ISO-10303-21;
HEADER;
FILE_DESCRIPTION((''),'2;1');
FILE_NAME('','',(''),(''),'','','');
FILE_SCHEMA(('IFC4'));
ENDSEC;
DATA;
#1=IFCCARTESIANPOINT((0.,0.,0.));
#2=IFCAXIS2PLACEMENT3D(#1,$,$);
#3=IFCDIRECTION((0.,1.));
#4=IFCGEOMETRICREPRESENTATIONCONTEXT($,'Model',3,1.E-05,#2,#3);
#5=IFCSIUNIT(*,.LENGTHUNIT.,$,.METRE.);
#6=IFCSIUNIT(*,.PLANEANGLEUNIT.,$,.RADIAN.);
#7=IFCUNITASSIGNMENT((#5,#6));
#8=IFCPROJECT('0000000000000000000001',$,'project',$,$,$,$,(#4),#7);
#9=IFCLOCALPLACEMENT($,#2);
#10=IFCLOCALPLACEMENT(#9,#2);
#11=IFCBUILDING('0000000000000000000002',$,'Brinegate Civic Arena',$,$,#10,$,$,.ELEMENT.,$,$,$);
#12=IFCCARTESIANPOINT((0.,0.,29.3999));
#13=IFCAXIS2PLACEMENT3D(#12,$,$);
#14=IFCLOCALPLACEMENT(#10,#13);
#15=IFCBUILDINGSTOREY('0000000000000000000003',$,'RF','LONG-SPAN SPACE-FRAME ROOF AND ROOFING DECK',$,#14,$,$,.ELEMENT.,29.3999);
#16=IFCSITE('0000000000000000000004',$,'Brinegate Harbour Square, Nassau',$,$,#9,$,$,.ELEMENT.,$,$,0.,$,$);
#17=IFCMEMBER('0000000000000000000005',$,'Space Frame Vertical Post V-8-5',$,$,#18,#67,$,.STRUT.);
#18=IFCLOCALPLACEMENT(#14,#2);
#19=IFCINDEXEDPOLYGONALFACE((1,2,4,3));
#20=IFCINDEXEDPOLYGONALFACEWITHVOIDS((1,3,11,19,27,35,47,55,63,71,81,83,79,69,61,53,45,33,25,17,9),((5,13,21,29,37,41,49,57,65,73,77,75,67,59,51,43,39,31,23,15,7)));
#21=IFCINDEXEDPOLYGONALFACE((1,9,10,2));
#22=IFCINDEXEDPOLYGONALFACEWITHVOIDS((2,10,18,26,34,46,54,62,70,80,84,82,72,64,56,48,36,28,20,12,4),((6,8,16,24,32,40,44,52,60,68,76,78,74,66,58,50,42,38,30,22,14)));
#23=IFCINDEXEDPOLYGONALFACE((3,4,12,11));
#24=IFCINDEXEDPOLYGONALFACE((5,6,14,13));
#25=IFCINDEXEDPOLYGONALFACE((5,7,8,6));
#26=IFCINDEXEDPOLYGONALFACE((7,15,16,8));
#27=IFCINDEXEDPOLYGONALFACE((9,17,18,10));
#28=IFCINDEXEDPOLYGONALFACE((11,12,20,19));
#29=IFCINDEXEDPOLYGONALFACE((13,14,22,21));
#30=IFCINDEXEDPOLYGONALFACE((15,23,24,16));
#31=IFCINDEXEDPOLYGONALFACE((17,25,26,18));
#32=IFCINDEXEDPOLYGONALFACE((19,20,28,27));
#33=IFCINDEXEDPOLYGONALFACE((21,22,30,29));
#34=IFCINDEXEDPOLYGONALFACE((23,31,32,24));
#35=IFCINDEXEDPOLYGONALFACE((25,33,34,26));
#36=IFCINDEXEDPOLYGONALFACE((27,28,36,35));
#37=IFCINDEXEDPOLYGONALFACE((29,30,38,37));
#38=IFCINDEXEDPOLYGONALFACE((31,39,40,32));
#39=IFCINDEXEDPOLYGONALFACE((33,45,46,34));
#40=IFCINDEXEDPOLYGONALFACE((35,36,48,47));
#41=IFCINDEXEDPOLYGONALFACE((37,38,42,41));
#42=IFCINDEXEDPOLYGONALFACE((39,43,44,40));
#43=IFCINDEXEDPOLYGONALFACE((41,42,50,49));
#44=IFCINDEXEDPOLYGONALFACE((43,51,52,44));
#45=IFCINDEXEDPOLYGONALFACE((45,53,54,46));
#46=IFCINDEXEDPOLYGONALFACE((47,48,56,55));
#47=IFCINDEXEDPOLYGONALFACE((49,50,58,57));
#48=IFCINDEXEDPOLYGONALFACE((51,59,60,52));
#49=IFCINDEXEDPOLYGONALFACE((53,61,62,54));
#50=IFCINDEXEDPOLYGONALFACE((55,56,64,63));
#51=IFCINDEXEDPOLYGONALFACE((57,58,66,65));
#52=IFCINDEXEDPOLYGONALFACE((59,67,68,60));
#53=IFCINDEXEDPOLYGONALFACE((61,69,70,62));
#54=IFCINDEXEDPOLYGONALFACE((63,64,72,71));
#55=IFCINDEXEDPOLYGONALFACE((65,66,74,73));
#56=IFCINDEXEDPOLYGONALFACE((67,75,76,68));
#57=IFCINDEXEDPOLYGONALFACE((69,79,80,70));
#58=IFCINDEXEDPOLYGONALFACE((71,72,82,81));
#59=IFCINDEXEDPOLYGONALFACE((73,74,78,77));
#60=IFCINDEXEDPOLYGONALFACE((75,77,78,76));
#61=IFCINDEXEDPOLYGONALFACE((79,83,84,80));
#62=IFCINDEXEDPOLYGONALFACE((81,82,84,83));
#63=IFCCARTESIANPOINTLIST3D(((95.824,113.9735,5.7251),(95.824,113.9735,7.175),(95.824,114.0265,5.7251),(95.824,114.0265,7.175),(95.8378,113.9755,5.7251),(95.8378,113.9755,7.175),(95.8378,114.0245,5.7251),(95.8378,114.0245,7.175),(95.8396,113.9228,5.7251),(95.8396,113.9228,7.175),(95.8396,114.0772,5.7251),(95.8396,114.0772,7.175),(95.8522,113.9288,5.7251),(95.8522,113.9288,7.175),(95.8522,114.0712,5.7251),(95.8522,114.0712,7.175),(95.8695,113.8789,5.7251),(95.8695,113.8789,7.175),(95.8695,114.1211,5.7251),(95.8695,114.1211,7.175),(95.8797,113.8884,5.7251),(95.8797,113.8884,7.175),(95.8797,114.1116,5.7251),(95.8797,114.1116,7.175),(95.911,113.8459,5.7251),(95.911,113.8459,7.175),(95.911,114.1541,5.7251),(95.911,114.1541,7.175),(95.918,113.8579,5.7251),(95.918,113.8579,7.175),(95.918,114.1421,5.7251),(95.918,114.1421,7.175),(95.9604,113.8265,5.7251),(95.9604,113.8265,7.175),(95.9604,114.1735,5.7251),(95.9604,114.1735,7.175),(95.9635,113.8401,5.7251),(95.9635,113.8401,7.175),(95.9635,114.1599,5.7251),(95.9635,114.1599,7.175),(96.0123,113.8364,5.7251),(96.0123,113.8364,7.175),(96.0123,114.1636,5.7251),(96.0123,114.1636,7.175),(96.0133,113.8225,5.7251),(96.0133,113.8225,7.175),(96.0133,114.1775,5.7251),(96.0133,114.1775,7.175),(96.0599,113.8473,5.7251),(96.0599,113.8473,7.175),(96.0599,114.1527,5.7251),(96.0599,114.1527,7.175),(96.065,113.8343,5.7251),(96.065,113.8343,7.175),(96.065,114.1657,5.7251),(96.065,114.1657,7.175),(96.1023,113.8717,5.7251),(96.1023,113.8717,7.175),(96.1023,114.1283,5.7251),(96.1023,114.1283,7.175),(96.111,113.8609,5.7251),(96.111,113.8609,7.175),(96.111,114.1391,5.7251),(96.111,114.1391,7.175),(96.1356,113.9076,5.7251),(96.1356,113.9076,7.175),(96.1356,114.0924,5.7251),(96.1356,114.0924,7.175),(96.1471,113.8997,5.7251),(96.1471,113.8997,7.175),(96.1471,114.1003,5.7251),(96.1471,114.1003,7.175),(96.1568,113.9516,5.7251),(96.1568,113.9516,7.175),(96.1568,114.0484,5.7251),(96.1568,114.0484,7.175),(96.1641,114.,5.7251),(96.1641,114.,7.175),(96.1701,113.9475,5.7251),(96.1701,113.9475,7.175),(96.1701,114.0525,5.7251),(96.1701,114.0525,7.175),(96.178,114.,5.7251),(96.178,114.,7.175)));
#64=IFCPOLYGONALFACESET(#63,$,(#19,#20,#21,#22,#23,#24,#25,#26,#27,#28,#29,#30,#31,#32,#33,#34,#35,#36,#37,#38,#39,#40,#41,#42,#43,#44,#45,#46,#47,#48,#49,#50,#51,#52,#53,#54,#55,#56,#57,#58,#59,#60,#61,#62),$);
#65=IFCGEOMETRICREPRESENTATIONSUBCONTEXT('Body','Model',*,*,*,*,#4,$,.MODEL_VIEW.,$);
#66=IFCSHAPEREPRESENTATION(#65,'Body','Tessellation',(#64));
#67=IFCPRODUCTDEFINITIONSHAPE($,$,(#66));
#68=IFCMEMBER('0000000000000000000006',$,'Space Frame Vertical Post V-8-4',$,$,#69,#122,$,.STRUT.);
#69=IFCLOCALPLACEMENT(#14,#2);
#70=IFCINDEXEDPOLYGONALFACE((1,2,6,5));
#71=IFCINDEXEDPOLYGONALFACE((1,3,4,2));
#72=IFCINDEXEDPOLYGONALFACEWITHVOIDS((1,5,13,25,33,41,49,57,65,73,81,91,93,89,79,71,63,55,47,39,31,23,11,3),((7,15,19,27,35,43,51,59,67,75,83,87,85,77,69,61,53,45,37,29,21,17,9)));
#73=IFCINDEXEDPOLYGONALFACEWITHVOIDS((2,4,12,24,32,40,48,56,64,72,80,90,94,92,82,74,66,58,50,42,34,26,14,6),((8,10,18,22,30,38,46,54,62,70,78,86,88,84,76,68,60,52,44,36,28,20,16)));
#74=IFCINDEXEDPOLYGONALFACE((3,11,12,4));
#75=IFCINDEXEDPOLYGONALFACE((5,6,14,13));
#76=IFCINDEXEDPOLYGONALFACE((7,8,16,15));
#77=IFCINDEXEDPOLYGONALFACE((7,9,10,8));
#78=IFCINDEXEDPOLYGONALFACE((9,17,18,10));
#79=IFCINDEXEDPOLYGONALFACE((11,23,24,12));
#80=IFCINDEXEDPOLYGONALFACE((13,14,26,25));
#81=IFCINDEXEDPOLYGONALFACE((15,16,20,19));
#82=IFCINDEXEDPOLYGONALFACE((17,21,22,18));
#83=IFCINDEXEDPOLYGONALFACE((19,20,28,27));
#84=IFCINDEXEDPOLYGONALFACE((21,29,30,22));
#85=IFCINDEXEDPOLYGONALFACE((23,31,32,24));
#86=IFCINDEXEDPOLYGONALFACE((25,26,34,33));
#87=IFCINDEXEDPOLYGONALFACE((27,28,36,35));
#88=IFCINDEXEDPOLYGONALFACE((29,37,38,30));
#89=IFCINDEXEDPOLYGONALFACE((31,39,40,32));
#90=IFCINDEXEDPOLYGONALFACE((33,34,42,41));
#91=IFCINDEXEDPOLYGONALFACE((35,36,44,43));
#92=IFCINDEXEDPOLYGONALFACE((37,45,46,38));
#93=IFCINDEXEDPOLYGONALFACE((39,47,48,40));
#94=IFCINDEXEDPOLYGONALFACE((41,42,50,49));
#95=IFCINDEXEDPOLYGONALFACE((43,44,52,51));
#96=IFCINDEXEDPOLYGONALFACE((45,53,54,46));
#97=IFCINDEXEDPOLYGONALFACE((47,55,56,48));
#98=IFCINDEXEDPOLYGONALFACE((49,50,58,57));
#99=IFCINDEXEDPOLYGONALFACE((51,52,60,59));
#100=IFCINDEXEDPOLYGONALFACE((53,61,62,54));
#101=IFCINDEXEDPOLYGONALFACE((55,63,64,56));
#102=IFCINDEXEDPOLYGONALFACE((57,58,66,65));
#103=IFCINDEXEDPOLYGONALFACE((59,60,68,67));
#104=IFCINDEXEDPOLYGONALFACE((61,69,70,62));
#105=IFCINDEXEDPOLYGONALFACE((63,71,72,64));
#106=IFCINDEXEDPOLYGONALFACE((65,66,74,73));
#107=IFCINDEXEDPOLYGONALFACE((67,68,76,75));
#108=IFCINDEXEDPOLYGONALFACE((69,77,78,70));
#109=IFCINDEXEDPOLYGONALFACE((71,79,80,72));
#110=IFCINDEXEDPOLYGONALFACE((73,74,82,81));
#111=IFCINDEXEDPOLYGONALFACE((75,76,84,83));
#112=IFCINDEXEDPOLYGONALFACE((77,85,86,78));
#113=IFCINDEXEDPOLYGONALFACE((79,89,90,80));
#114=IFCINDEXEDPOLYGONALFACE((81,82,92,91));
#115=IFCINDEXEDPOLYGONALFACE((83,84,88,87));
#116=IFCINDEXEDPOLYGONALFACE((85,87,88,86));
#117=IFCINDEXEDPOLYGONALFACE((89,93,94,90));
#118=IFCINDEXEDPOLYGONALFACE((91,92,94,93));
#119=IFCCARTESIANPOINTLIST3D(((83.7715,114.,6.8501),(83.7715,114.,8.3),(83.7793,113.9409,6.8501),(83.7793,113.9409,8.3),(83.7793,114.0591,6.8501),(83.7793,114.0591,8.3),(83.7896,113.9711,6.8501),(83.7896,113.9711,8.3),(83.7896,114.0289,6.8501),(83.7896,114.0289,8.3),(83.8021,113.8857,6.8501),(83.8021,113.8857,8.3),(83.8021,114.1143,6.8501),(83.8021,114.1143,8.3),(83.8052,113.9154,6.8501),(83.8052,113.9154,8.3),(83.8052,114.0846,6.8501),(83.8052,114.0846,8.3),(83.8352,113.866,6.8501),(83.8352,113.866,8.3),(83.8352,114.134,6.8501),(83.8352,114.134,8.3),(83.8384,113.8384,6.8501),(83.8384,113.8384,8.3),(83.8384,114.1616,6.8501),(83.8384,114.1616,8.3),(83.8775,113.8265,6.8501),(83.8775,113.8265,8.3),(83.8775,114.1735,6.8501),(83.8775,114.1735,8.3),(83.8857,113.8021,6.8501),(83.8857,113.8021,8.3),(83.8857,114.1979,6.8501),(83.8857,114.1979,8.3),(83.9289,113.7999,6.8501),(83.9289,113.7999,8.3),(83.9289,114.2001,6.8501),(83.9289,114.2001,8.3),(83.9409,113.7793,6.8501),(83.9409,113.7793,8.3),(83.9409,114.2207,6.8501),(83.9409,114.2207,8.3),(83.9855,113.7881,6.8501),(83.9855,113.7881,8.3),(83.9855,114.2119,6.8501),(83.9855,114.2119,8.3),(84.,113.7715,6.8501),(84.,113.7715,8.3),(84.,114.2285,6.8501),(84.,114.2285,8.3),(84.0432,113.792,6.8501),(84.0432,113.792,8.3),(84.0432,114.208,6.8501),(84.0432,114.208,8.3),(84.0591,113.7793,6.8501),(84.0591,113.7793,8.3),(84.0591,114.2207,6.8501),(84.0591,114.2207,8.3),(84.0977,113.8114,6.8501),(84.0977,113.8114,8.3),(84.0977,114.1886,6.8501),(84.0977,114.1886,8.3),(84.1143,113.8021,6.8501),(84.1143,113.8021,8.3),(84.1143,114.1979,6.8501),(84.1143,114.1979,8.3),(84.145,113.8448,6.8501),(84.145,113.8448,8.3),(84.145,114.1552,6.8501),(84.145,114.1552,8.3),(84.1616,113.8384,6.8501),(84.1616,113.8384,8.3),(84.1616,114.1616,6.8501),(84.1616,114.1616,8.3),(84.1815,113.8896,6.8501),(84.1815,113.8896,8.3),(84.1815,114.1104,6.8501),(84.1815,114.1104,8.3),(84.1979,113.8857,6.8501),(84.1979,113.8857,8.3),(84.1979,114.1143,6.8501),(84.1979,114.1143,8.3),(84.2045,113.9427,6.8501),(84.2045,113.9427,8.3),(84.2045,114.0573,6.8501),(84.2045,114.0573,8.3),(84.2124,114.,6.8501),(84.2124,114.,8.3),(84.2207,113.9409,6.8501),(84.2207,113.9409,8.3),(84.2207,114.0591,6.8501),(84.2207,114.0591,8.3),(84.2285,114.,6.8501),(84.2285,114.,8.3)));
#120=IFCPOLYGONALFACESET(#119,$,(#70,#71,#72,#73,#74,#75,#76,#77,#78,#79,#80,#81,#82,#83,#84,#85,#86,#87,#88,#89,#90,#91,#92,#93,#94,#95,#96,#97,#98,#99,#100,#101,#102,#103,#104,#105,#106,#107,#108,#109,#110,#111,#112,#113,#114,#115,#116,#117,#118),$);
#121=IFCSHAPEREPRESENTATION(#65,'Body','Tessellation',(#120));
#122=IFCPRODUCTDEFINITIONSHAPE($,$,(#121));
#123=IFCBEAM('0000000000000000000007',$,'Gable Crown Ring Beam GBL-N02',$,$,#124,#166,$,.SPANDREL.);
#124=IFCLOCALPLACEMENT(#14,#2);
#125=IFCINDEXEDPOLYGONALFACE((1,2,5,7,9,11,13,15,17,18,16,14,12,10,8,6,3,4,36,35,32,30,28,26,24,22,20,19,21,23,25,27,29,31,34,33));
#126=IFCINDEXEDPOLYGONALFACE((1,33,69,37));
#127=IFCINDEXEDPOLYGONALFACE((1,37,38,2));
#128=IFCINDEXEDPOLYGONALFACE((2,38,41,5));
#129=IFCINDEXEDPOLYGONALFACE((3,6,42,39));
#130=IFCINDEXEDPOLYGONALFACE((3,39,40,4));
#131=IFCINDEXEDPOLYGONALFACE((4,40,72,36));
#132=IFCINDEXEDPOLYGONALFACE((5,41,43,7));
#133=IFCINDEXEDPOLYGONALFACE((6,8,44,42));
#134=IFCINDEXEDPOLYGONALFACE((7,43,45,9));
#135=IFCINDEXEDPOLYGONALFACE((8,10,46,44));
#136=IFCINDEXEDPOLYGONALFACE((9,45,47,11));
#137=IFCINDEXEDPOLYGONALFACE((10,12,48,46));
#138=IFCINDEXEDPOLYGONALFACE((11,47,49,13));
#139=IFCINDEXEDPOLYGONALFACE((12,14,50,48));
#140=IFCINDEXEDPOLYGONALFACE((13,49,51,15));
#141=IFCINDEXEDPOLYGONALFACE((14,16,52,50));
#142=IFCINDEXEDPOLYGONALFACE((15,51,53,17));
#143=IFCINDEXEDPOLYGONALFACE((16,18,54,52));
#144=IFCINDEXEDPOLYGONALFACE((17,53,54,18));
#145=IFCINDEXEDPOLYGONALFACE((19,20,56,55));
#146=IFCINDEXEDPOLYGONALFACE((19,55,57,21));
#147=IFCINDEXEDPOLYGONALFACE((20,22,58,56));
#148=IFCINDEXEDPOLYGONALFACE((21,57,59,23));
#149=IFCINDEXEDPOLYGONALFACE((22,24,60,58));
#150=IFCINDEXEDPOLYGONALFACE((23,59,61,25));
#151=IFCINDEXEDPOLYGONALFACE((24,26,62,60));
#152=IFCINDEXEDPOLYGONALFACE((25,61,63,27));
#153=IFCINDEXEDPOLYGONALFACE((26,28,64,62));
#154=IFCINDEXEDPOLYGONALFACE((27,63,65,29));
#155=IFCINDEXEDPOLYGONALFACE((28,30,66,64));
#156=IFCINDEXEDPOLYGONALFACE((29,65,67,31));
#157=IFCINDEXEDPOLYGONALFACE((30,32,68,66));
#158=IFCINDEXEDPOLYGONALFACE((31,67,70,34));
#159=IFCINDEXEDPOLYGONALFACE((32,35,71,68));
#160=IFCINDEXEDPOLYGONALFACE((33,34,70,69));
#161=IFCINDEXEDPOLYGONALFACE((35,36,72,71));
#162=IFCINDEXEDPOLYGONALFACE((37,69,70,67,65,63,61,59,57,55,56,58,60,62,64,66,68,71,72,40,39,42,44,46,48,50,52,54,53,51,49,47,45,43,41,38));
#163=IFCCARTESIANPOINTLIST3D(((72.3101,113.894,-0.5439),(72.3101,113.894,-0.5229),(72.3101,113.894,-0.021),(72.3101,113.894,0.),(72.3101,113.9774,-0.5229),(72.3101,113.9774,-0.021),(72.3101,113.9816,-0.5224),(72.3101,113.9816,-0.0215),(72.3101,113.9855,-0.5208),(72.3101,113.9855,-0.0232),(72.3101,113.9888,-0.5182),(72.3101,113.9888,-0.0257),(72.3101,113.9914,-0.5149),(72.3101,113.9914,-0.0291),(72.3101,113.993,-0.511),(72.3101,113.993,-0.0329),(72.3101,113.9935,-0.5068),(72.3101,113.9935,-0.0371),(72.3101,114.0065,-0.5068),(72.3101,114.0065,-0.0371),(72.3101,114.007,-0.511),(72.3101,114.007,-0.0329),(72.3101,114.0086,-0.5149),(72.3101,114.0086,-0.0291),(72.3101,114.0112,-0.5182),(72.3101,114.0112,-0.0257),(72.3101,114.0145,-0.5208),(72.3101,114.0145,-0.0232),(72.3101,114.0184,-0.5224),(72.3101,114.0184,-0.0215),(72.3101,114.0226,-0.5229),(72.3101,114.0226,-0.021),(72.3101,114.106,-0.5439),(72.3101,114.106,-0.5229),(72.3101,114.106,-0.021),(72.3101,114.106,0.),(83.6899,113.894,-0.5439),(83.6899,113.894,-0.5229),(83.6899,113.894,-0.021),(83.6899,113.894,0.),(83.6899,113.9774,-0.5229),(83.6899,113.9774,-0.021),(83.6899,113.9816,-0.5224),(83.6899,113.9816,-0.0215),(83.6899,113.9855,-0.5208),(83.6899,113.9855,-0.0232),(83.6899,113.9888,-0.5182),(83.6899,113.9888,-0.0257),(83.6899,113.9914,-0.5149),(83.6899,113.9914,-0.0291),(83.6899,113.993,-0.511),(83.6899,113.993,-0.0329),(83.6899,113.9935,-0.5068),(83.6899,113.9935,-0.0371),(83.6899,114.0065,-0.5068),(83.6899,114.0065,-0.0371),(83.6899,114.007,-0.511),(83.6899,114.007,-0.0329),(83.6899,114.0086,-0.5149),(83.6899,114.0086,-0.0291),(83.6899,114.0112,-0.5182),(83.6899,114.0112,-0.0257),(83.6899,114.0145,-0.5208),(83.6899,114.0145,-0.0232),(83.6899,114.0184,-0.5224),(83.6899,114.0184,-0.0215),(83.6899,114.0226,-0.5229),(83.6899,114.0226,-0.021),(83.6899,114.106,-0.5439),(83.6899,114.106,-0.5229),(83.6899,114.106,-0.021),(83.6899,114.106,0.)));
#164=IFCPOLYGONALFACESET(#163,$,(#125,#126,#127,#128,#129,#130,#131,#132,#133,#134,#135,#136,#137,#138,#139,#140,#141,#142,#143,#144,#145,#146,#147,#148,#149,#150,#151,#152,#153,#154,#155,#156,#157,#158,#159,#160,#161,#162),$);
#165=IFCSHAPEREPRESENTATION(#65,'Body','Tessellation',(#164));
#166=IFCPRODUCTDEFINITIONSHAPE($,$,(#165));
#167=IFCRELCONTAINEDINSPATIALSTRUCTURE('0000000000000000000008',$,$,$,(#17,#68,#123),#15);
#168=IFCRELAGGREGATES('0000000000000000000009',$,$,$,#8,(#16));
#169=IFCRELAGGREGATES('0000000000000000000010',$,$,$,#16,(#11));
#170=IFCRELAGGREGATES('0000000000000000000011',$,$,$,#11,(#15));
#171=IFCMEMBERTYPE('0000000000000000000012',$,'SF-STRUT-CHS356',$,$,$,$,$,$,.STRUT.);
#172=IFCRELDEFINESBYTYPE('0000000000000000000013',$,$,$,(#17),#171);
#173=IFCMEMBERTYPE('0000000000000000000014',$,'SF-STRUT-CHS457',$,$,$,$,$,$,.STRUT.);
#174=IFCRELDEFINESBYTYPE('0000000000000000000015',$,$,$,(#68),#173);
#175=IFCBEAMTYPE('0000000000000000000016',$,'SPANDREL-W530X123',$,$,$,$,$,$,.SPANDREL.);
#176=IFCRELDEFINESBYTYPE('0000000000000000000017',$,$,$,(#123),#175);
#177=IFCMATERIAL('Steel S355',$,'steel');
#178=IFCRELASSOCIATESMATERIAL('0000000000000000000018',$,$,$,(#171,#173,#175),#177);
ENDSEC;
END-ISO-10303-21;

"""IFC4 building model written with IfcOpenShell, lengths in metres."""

from ifc_helpers import new_model, si_unit, direction, frame, origin, origin_2d, place, context, subcontext, project, spatial, hollow_circle, i_section, extrude, material, material_profile, profile_set, type_object, element, save


model = new_model("IFC4")

# Units and contexts
model_context = context("Model", 3, precision=1e-05, world=origin(), true_north=direction((0.0, 1.0)))
body_context = subcontext(model_context, "Body", "Model", "MODEL_VIEW")
ifc_project = project(units=[si_unit("LENGTHUNIT", "METRE"), si_unit("PLANEANGLEUNIT", "RADIAN")], contexts=[model_context])

# Site, building, storey
site_placement = place(None, origin())
site = spatial("IfcSite", under=ifc_project, at=site_placement, Name="Brinegate Harbour Square, Nassau", CompositionType="ELEMENT", RefElevation=0.0)
building_placement = place(site_placement, origin())
building = spatial("IfcBuilding", under=site, at=building_placement, Name="Brinegate Civic Arena", CompositionType="ELEMENT")
storey_placement = place(building_placement, frame((0.0, 0.0, 29.3999)))
storey = spatial("IfcBuildingStorey", under=building, at=storey_placement, Name="RF", Description="LONG-SPAN SPACE-FRAME ROOF AND ROOFING DECK", CompositionType="ELEMENT", Elevation=29.3999)

# Shared definitions
ifc_material_1 = material(Name="Steel S355", Category="steel")

# Members
ifc_material_profile_1 = material_profile(ifc_material_1, hollow_circle(Radius=0.178, WallThickness=0.0139, at=origin_2d()), Name="CHS356X14")
ifc_profile_set_1 = profile_set([ifc_material_profile_1], Name="Steel S355")
member_type_1 = type_object("IfcMemberType", Name="SF-STRUT-CHS356", PredefinedType="STRUT", material=ifc_profile_set_1)
for number, where, z_axis, x_axis, name in (
    (1, (96.0, 114.0, 5.7251), (0.0, 0.0, 1.0), (1.0, 0.0, 0.0), "Space Frame Vertical Post V-8-5"),
):
    element("IfcMember", number, at=place(storey_placement, frame(where, z_axis=z_axis, x_axis=x_axis)), inside=storey, type_object=member_type_1, Name=name, PredefinedType="STRUT", context=body_context, shape_type="SweptSolid", body=[
        extrude(hollow_circle(Radius=0.178, WallThickness=0.0139, at=origin_2d()), origin(), (0.0, 0.0, 1.0), 1.45),
    ])
ifc_material_profile_2 = material_profile(ifc_material_1, hollow_circle(Radius=0.2285, WallThickness=0.0161, at=origin_2d()), Name="CHS457X16")
ifc_profile_set_2 = profile_set([ifc_material_profile_2], Name="Steel S355")
member_type_2 = type_object("IfcMemberType", Name="SF-STRUT-CHS457", PredefinedType="STRUT", material=ifc_profile_set_2)
member_1_placement = place(storey_placement, frame((84.0, 114.0, 6.8501), z_axis=(0.0, 0.0, 1.0), x_axis=(1.0, 0.0, 0.0)))
element("IfcMember", 2, at=member_1_placement, inside=storey, type_object=member_type_2, Name="Space Frame Vertical Post V-8-4", PredefinedType="STRUT", context=body_context, shape_type="SweptSolid", body=[
    extrude(hollow_circle(Radius=0.2285, WallThickness=0.0161, at=origin_2d()), origin(), (0.0, 0.0, 1.0), 1.45),
])

# Beam
ifc_material_profile_3 = material_profile(ifc_material_1, i_section(OverallWidth=0.2119, OverallDepth=0.5439, WebThickness=0.0129, FlangeThickness=0.021, FilletRadius=0.0161, at=origin_2d()), Name="W530X123")
ifc_profile_set_3 = profile_set([ifc_material_profile_3], Name="Steel S355")
beam_type_1 = type_object("IfcBeamType", Name="SPANDREL-W530X123", PredefinedType="SPANDREL", material=ifc_profile_set_3)
beam_1_placement = place(storey_placement, frame((72.3101, 114.0, -0.272), z_axis=(1.0, 0.0, 0.0), x_axis=(0.0, 1.0, 0.0)))
element("IfcBeam", 3, at=beam_1_placement, inside=storey, type_object=beam_type_1, Name="Gable Crown Ring Beam GBL-N02", PredefinedType="SPANDREL", context=body_context, shape_type="SweptSolid", body=[
    extrude(i_section(OverallWidth=0.2119, OverallDepth=0.5439, WebThickness=0.0129, FlangeThickness=0.021, FilletRadius=0.0161, at=origin_2d()), origin(), (0.0, 0.0, 1.0), 11.3799),
])

save(model, "model.ifc")
